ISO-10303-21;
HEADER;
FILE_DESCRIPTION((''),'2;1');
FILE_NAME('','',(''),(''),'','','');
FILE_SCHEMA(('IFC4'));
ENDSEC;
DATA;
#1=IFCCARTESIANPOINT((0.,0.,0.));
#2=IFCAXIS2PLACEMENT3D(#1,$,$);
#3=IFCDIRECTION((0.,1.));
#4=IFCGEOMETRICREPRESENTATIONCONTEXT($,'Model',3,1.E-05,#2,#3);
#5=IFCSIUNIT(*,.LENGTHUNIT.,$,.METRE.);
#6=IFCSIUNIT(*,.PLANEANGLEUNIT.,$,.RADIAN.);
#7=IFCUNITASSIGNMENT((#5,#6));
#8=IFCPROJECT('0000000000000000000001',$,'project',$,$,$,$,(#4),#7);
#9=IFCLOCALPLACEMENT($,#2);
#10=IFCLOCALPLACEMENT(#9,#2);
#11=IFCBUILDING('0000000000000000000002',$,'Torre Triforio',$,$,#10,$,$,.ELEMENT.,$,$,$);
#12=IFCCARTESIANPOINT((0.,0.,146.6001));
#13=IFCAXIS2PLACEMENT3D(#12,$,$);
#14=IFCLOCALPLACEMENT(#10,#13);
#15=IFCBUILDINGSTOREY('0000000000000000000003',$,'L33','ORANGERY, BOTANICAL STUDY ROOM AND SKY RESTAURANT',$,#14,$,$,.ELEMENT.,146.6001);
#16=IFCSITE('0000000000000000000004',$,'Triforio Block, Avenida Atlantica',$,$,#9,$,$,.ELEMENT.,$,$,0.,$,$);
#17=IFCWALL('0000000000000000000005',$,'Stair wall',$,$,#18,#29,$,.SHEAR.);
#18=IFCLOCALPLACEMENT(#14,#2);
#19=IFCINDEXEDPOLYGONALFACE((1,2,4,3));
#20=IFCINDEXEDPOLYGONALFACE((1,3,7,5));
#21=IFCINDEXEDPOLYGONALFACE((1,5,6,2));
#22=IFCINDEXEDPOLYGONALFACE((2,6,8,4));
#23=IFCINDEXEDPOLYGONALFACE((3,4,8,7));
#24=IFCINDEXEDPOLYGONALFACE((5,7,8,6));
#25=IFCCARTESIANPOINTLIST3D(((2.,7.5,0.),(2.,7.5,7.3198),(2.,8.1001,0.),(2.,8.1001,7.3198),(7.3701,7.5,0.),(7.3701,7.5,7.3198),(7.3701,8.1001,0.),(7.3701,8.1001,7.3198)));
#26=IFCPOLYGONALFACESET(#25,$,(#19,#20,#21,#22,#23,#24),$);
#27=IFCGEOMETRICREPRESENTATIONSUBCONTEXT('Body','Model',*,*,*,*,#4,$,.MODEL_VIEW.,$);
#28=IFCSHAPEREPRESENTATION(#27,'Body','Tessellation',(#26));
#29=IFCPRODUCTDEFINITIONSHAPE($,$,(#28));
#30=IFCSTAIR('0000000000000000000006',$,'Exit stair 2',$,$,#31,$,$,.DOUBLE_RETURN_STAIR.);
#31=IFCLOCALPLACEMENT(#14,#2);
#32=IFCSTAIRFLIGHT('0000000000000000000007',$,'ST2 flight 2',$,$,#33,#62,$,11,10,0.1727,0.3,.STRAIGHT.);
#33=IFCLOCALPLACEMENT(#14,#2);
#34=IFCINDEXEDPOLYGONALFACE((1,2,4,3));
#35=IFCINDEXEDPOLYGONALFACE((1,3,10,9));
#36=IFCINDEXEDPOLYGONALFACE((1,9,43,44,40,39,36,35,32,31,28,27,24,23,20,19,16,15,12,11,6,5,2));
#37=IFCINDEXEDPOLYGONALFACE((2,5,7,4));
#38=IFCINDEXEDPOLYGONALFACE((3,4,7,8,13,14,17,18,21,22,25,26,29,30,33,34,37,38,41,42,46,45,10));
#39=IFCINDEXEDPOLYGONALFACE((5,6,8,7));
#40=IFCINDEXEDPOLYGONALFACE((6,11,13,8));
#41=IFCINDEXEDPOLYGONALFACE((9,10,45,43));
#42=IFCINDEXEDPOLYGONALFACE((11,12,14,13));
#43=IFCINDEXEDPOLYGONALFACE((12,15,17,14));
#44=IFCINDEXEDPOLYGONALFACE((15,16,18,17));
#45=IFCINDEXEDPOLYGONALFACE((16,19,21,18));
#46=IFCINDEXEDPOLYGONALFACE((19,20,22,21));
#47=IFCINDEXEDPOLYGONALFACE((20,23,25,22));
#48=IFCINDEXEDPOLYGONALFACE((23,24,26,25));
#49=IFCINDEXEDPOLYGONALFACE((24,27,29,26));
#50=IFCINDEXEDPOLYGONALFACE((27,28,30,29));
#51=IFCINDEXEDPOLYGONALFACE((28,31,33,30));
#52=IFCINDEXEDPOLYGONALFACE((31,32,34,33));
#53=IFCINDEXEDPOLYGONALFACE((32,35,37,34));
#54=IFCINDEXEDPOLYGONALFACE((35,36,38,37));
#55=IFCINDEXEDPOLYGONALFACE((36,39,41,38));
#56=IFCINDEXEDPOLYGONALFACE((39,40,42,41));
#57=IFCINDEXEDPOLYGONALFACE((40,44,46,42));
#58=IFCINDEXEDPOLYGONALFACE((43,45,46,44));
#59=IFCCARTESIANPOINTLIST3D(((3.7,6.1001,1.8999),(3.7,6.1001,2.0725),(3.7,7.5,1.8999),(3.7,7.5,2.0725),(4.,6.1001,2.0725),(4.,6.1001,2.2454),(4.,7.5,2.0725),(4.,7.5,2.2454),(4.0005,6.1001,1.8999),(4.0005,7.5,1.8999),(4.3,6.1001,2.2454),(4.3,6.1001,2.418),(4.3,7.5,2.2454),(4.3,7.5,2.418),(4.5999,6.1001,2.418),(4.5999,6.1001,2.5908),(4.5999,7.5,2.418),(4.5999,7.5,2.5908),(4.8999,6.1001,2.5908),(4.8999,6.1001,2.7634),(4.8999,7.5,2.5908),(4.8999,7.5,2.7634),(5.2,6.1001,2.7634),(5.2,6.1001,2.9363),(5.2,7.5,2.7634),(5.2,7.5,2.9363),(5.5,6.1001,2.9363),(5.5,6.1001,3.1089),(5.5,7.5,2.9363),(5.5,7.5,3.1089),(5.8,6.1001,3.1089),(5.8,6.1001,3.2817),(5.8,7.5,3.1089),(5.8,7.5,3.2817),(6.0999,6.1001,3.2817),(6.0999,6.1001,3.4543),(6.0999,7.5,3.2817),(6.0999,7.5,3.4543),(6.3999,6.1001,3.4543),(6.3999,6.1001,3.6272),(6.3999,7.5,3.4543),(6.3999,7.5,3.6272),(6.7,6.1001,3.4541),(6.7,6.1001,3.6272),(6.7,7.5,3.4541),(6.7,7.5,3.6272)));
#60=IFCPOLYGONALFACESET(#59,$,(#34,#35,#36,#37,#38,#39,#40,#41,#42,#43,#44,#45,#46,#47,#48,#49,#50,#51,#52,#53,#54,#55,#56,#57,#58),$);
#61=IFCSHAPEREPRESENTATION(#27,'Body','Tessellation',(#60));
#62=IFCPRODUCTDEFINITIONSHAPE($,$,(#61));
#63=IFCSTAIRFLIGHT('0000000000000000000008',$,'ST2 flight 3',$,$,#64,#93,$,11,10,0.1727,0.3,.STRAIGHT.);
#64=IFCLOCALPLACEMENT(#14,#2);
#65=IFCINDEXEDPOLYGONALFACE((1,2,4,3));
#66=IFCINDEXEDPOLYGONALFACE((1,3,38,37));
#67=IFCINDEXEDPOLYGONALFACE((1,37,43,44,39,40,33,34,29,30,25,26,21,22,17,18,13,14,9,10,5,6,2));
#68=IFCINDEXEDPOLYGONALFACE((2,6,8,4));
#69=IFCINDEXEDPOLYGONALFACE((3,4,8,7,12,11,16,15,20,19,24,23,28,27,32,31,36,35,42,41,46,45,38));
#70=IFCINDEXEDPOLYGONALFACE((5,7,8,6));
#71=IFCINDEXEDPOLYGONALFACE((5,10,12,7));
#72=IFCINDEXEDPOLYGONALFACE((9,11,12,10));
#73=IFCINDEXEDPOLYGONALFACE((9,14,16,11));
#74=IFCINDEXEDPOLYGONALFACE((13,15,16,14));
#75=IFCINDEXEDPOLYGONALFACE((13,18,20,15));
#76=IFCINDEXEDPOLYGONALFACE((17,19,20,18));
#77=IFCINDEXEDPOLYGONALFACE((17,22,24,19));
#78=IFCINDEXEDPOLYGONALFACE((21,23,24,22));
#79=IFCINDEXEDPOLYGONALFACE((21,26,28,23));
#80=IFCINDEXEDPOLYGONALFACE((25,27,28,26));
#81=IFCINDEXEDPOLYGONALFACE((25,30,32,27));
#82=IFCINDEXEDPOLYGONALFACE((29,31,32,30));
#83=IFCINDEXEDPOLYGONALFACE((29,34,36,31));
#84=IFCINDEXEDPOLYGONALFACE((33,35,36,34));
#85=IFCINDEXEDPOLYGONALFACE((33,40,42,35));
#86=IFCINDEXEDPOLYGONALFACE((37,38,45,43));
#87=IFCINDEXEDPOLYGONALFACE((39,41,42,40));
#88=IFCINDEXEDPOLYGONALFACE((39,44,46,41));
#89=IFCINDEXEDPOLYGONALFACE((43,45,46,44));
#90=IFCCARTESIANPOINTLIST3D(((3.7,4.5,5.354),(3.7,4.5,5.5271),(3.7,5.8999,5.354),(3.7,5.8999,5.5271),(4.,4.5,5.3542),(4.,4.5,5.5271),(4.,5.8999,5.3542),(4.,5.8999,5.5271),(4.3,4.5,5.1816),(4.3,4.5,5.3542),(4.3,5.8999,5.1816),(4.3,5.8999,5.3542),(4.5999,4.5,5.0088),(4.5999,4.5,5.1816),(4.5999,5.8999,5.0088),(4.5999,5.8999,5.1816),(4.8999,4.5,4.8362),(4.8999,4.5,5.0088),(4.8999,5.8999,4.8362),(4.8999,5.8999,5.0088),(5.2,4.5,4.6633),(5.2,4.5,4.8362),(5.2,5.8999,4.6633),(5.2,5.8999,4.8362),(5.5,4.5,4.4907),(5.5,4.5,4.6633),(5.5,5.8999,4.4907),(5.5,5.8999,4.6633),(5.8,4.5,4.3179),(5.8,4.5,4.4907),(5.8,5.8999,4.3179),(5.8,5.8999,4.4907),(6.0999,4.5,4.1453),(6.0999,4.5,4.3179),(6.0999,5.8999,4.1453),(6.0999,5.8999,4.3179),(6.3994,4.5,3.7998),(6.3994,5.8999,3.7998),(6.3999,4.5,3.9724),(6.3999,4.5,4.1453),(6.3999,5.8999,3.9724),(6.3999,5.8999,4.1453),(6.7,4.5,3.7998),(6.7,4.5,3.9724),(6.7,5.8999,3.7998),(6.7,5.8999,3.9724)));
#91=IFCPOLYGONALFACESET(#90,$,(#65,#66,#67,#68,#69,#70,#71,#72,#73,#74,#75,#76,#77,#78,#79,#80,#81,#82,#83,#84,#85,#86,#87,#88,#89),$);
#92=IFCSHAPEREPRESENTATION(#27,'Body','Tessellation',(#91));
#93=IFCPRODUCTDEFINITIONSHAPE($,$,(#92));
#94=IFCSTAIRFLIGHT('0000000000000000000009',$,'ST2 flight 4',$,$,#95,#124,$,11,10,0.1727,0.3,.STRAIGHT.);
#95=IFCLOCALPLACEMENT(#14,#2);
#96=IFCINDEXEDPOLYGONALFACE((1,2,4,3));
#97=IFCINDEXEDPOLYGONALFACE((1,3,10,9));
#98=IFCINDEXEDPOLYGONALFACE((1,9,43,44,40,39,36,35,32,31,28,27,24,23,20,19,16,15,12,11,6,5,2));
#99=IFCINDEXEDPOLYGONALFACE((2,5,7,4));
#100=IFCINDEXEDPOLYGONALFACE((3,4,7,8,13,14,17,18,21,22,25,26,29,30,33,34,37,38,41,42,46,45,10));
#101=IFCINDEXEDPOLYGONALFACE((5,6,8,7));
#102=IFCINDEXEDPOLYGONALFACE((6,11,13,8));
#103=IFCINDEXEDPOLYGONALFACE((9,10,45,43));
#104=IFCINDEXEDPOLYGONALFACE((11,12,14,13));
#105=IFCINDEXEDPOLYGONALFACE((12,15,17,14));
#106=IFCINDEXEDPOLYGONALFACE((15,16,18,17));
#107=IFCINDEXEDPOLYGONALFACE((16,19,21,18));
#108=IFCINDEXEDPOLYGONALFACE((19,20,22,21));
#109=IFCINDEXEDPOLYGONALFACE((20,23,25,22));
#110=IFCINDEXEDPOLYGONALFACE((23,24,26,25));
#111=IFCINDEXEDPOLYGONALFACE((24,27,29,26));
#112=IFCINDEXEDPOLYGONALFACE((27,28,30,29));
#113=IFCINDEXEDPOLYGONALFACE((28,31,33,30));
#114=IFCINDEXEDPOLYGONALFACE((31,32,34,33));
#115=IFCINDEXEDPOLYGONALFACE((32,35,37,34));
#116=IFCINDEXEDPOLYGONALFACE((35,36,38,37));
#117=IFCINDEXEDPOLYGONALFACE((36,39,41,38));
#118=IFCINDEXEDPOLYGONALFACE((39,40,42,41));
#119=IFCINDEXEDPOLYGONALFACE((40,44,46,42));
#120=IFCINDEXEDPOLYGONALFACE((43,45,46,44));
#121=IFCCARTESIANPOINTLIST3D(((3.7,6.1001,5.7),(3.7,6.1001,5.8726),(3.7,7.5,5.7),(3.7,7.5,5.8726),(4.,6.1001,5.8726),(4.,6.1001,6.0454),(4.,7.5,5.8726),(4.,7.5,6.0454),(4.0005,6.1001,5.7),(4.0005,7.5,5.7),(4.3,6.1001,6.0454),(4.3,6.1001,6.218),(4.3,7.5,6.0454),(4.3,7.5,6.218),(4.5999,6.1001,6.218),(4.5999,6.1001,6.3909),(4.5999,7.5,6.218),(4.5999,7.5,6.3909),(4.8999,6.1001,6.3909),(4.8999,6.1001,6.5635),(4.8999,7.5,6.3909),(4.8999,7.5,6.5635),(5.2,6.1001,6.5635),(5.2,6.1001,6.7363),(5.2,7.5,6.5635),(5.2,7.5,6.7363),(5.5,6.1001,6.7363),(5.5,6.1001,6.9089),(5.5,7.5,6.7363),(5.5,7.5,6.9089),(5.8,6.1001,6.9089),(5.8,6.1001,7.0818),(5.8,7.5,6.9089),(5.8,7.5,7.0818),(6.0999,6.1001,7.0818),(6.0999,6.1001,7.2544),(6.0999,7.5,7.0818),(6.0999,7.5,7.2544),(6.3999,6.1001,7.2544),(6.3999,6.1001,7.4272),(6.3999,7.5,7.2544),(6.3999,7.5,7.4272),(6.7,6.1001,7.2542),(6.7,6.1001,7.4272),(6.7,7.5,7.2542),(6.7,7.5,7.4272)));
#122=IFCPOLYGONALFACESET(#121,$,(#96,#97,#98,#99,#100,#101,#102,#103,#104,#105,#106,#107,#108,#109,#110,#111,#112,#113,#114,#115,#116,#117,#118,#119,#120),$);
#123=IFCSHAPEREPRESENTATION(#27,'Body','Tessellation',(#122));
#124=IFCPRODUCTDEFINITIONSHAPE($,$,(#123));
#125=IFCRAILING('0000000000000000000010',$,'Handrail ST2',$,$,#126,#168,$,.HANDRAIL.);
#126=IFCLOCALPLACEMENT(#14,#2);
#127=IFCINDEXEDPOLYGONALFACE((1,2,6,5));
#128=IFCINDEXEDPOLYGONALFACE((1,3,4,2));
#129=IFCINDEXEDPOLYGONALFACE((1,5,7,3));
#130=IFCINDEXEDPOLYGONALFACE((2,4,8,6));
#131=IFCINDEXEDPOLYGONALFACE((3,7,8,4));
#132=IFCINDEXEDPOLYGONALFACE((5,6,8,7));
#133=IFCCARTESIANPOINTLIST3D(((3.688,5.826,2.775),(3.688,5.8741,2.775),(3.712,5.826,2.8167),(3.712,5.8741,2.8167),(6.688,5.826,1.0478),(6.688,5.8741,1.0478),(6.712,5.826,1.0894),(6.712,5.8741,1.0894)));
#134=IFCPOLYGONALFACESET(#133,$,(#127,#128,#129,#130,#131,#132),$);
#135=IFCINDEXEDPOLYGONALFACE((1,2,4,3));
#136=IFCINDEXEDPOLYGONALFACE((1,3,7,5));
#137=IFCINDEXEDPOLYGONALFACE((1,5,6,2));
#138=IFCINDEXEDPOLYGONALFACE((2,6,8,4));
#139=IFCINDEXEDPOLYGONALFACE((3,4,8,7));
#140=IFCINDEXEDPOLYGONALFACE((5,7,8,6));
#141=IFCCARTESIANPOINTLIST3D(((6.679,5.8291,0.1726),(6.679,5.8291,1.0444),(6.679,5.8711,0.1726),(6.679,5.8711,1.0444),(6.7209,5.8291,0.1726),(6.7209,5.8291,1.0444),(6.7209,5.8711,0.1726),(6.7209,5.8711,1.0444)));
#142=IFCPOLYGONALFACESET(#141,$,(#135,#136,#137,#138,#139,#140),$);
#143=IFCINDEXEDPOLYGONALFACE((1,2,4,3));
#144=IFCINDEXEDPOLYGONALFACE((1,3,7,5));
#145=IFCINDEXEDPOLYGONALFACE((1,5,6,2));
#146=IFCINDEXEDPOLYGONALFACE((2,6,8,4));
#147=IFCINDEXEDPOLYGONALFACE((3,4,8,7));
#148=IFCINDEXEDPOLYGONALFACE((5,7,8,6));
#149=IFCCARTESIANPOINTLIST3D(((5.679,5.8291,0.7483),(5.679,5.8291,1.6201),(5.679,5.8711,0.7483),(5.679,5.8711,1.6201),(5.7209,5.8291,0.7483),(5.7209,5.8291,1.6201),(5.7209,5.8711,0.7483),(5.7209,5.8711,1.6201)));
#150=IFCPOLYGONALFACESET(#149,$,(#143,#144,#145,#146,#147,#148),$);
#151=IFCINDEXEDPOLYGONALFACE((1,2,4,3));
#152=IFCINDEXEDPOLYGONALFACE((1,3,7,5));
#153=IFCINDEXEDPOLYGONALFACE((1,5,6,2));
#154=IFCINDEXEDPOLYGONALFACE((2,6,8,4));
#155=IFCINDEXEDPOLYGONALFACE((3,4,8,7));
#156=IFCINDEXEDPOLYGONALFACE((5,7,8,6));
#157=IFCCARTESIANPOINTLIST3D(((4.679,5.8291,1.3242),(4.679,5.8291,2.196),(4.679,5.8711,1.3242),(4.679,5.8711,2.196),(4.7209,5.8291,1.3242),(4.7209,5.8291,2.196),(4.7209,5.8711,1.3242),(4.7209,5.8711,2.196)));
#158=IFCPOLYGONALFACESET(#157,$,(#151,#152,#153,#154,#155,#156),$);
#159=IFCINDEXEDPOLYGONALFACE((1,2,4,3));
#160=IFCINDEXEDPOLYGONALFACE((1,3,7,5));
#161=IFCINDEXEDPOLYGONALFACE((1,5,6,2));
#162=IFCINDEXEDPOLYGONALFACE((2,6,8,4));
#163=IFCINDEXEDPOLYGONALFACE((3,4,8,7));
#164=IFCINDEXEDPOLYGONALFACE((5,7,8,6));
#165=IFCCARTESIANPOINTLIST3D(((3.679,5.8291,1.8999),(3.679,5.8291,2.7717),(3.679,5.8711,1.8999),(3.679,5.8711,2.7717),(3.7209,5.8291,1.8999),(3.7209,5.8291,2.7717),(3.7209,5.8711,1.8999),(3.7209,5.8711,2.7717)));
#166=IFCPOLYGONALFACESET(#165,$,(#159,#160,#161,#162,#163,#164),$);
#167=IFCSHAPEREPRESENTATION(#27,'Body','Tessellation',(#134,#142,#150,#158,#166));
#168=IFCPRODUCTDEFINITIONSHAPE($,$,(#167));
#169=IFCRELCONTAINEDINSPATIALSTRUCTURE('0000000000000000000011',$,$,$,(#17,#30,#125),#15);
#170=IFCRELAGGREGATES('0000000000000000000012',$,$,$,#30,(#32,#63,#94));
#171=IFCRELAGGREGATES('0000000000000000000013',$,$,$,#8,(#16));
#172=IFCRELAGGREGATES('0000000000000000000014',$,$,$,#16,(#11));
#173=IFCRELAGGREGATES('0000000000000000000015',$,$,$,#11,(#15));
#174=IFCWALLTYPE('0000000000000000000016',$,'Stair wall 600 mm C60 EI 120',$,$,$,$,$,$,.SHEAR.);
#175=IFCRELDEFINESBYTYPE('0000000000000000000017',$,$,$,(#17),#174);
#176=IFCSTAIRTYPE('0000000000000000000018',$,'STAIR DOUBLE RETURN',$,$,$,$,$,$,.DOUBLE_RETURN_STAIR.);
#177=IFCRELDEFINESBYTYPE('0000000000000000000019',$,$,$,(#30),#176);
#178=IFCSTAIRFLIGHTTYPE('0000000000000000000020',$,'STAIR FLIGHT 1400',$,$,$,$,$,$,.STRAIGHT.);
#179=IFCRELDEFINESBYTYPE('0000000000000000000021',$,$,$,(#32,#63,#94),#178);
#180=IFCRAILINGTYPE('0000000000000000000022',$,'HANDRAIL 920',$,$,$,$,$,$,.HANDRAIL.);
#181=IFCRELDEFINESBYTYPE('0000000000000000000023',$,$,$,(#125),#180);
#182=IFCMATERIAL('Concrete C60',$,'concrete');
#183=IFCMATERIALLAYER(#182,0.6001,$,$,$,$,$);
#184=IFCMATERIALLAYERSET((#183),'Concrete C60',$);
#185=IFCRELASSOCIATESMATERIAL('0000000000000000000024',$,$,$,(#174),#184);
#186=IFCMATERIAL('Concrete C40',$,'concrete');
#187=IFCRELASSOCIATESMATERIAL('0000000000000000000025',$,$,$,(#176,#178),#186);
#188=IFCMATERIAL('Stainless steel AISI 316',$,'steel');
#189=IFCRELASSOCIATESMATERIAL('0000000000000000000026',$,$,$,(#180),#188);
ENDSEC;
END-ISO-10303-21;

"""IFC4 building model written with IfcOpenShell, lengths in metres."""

from ifc_helpers import new_model, si_unit, direction, frame, frame_2d, origin, origin_2d, place, context, subcontext, project, spatial, polyline, rectangle, outline, extrude, material, layer, layer_set, type_object, element, aggregate, save


model = new_model("IFC4")

# Units and contexts
model_context = context("Model", 3, precision=1e-05, world=origin(), true_north=direction((0.0, 1.0)))
body_context = subcontext(model_context, "Body", "Model", "MODEL_VIEW")
ifc_project = project(units=[si_unit("LENGTHUNIT", "METRE"), si_unit("PLANEANGLEUNIT", "RADIAN")], contexts=[model_context])

# Site, building, storey
site_placement = place(None, origin())
site = spatial("IfcSite", under=ifc_project, at=site_placement, Name="Triforio Block, Avenida Atlantica", CompositionType="ELEMENT", RefElevation=0.0)
building_placement = place(site_placement, origin())
building = spatial("IfcBuilding", under=site, at=building_placement, Name="Torre Triforio", CompositionType="ELEMENT")
storey_placement = place(building_placement, frame((0.0, 0.0, 146.6001)))
storey = spatial("IfcBuildingStorey", under=building, at=storey_placement, Name="L33", Description="ORANGERY, BOTANICAL STUDY ROOM AND SKY RESTAURANT", CompositionType="ELEMENT", Elevation=146.6001)

# Shared definitions
ifc_material_1 = material(Name="Concrete C60", Category="concrete")

# Wall
ifc_layer_1 = layer(ifc_material_1, 0.6001)
ifc_layer_set_1 = layer_set([ifc_layer_1], Name="Concrete C60")
wall_type_1 = type_object("IfcWallType", Name="Stair wall 600 mm C60 EI 120", PredefinedType="SHEAR", material=ifc_layer_set_1)
wall_1_placement = place(storey_placement, frame((2.0, 7.8, 0.0), z_axis=(0.0, 0.0, 1.0), x_axis=(1.0, 0.0, 0.0)))
element("IfcWall", 1, at=wall_1_placement, inside=storey, type_object=wall_type_1, Name="Stair wall", PredefinedType="SHEAR", context=body_context, shape_type="SweptSolid", body=[
    extrude(rectangle(XDim=5.3701, YDim=0.6001, at=frame_2d((2.6851, 0.0))), origin(), (0.0, 0.0, 1.0), 7.3198),
])

# Stair, stair flights
ifc_material_2 = material(Name="Concrete C40", Category="concrete")
stair_type = type_object("IfcStairType", Name="STAIR DOUBLE RETURN", PredefinedType="DOUBLE_RETURN_STAIR", material=ifc_material_2)
stair_placement = place(storey_placement, origin())
stair = element("IfcStair", 2, at=stair_placement, inside=storey, type_object=stair_type, Name="Exit stair 2", PredefinedType="DOUBLE_RETURN_STAIR")
stair_flight_type = type_object("IfcStairFlightType", Name="STAIR FLIGHT 1400", PredefinedType="STRAIGHT", material=ifc_material_2)
stair_flight_1_placement = place(storey_placement, frame((3.7, 6.8, 1.8999), z_axis=(0.0, 0.0, 1.0), x_axis=(1.0, 0.0, 0.0)))
stair_flight_1 = element("IfcStairFlight", 3, at=stair_flight_1_placement, type_object=stair_flight_type, Name="ST2 flight 2", NumberOfRisers=11, NumberOfTreads=10, PredefinedType="STRAIGHT", RiserHeight=0.1727, TreadLength=0.3, context=body_context, shape_type="SweptSolid", body=[
    extrude(outline(polyline([(0.0, 0.0), (0.0, 0.1726), (0.3, 0.1726), (0.3, 0.3455), (0.6001, 0.3455), (0.6001, 0.5181), (0.8999, 0.5181), (0.8999, 0.6909), (1.2, 0.6909), (1.2, 0.8635), (1.5, 0.8635), (1.5, 1.0364), (1.8, 1.0364), (1.8, 1.209), (2.1001, 1.209), (2.1001, 1.3818), (2.3999, 1.3818), (2.3999, 1.5544), (2.7, 1.5544), (2.7, 1.7273), (3.0, 1.7273), (3.0, 1.8999), (3.0, 1.5542), (0.3005, 0.0), (0.0, 0.0)])), frame((0.0, 0.7, 0.0), z_axis=(0.0, -1.0, 0.0), x_axis=(1.0, 0.0, 0.0)), (0.0, 0.0, 1.0), 1.3999),
])
stair_flight_2_placement = place(storey_placement, frame((6.7, 5.2, 3.7998), z_axis=(0.0, 0.0, 1.0), x_axis=(-1.0, 0.0, 0.0)))
stair_flight_2 = element("IfcStairFlight", 4, at=stair_flight_2_placement, type_object=stair_flight_type, Name="ST2 flight 3", NumberOfRisers=11, NumberOfTreads=10, PredefinedType="STRAIGHT", RiserHeight=0.1727, TreadLength=0.3, context=body_context, shape_type="SweptSolid", body=[
    extrude(outline(polyline([(0.0, 0.0), (0.0, 0.1726), (0.3, 0.1726), (0.3, 0.3455), (0.6001, 0.3455), (0.6001, 0.5181), (0.8999, 0.5181), (0.8999, 0.6909), (1.2, 0.6909), (1.2, 0.8635), (1.5, 0.8635), (1.5, 1.0364), (1.8, 1.0364), (1.8, 1.209), (2.1001, 1.209), (2.1001, 1.3818), (2.3999, 1.3818), (2.3999, 1.5544), (2.7, 1.5544), (2.7, 1.7273), (3.0, 1.7273), (3.0, 1.8999), (3.0, 1.5542), (0.3005, 0.0), (0.0, 0.0)])), frame((0.0, 0.7, 0.0), z_axis=(0.0, -1.0, 0.0), x_axis=(1.0, 0.0, 0.0)), (0.0, 0.0, 1.0), 1.3999),
])
stair_flight_3_placement = place(storey_placement, frame((3.7, 6.8, 5.7), z_axis=(0.0, 0.0, 1.0), x_axis=(1.0, 0.0, 0.0)))
stair_flight_3 = element("IfcStairFlight", 5, at=stair_flight_3_placement, type_object=stair_flight_type, Name="ST2 flight 4", NumberOfRisers=11, NumberOfTreads=10, PredefinedType="STRAIGHT", RiserHeight=0.1727, TreadLength=0.3, context=body_context, shape_type="SweptSolid", body=[
    extrude(outline(polyline([(0.0, 0.0), (0.0, 0.1726), (0.3, 0.1726), (0.3, 0.3455), (0.6001, 0.3455), (0.6001, 0.5181), (0.8999, 0.5181), (0.8999, 0.6909), (1.2, 0.6909), (1.2, 0.8635), (1.5, 0.8635), (1.5, 1.0364), (1.8, 1.0364), (1.8, 1.209), (2.1001, 1.209), (2.1001, 1.3818), (2.3999, 1.3818), (2.3999, 1.5544), (2.7, 1.5544), (2.7, 1.7273), (3.0, 1.7273), (3.0, 1.8999), (3.0, 1.5542), (0.3005, 0.0), (0.0, 0.0)])), frame((0.0, 0.7, 0.0), z_axis=(0.0, -1.0, 0.0), x_axis=(1.0, 0.0, 0.0)), (0.0, 0.0, 1.0), 1.3999),
])
aggregate(stair, [stair_flight_1, stair_flight_2, stair_flight_3])

# Railing
ifc_material_3 = material(Name="Stainless steel AISI 316", Category="steel")
railing_type = type_object("IfcRailingType", Name="HANDRAIL 920", PredefinedType="HANDRAIL", material=ifc_material_3)
railing_1_placement = place(storey_placement, frame((6.7, 5.8501, 0.1726)))
element("IfcRailing", 6, at=railing_1_placement, inside=storey, type_object=railing_type, Name="Handrail ST2", PredefinedType="HANDRAIL", context=body_context, shape_type="SweptSolid", body=[
    extrude(rectangle(XDim=0.0481, YDim=0.0481, at=origin_2d()), frame((0.0, 0.0, 0.896), z_axis=(-0.86662, 0.0, 0.498969), x_axis=(0.0, -1.0, 0.0)), (0.0, 0.0, 1.0), 3.4617),
    extrude(rectangle(XDim=0.042, YDim=0.042, at=origin_2d()), origin(), (0.0, 0.0, 1.0), 0.8718),
    extrude(rectangle(XDim=0.042, YDim=0.042, at=origin_2d()), frame((-1.0, 0.0, 0.5757)), (0.0, 0.0, 1.0), 0.8718),
    extrude(rectangle(XDim=0.042, YDim=0.042, at=origin_2d()), frame((-2.0, 0.0, 1.1516)), (0.0, 0.0, 1.0), 0.8718),
    extrude(rectangle(XDim=0.042, YDim=0.042, at=origin_2d()), frame((-3.0, 0.0, 1.7273)), (0.0, 0.0, 1.0), 0.8718),
])

save(model, "model.ifc")
